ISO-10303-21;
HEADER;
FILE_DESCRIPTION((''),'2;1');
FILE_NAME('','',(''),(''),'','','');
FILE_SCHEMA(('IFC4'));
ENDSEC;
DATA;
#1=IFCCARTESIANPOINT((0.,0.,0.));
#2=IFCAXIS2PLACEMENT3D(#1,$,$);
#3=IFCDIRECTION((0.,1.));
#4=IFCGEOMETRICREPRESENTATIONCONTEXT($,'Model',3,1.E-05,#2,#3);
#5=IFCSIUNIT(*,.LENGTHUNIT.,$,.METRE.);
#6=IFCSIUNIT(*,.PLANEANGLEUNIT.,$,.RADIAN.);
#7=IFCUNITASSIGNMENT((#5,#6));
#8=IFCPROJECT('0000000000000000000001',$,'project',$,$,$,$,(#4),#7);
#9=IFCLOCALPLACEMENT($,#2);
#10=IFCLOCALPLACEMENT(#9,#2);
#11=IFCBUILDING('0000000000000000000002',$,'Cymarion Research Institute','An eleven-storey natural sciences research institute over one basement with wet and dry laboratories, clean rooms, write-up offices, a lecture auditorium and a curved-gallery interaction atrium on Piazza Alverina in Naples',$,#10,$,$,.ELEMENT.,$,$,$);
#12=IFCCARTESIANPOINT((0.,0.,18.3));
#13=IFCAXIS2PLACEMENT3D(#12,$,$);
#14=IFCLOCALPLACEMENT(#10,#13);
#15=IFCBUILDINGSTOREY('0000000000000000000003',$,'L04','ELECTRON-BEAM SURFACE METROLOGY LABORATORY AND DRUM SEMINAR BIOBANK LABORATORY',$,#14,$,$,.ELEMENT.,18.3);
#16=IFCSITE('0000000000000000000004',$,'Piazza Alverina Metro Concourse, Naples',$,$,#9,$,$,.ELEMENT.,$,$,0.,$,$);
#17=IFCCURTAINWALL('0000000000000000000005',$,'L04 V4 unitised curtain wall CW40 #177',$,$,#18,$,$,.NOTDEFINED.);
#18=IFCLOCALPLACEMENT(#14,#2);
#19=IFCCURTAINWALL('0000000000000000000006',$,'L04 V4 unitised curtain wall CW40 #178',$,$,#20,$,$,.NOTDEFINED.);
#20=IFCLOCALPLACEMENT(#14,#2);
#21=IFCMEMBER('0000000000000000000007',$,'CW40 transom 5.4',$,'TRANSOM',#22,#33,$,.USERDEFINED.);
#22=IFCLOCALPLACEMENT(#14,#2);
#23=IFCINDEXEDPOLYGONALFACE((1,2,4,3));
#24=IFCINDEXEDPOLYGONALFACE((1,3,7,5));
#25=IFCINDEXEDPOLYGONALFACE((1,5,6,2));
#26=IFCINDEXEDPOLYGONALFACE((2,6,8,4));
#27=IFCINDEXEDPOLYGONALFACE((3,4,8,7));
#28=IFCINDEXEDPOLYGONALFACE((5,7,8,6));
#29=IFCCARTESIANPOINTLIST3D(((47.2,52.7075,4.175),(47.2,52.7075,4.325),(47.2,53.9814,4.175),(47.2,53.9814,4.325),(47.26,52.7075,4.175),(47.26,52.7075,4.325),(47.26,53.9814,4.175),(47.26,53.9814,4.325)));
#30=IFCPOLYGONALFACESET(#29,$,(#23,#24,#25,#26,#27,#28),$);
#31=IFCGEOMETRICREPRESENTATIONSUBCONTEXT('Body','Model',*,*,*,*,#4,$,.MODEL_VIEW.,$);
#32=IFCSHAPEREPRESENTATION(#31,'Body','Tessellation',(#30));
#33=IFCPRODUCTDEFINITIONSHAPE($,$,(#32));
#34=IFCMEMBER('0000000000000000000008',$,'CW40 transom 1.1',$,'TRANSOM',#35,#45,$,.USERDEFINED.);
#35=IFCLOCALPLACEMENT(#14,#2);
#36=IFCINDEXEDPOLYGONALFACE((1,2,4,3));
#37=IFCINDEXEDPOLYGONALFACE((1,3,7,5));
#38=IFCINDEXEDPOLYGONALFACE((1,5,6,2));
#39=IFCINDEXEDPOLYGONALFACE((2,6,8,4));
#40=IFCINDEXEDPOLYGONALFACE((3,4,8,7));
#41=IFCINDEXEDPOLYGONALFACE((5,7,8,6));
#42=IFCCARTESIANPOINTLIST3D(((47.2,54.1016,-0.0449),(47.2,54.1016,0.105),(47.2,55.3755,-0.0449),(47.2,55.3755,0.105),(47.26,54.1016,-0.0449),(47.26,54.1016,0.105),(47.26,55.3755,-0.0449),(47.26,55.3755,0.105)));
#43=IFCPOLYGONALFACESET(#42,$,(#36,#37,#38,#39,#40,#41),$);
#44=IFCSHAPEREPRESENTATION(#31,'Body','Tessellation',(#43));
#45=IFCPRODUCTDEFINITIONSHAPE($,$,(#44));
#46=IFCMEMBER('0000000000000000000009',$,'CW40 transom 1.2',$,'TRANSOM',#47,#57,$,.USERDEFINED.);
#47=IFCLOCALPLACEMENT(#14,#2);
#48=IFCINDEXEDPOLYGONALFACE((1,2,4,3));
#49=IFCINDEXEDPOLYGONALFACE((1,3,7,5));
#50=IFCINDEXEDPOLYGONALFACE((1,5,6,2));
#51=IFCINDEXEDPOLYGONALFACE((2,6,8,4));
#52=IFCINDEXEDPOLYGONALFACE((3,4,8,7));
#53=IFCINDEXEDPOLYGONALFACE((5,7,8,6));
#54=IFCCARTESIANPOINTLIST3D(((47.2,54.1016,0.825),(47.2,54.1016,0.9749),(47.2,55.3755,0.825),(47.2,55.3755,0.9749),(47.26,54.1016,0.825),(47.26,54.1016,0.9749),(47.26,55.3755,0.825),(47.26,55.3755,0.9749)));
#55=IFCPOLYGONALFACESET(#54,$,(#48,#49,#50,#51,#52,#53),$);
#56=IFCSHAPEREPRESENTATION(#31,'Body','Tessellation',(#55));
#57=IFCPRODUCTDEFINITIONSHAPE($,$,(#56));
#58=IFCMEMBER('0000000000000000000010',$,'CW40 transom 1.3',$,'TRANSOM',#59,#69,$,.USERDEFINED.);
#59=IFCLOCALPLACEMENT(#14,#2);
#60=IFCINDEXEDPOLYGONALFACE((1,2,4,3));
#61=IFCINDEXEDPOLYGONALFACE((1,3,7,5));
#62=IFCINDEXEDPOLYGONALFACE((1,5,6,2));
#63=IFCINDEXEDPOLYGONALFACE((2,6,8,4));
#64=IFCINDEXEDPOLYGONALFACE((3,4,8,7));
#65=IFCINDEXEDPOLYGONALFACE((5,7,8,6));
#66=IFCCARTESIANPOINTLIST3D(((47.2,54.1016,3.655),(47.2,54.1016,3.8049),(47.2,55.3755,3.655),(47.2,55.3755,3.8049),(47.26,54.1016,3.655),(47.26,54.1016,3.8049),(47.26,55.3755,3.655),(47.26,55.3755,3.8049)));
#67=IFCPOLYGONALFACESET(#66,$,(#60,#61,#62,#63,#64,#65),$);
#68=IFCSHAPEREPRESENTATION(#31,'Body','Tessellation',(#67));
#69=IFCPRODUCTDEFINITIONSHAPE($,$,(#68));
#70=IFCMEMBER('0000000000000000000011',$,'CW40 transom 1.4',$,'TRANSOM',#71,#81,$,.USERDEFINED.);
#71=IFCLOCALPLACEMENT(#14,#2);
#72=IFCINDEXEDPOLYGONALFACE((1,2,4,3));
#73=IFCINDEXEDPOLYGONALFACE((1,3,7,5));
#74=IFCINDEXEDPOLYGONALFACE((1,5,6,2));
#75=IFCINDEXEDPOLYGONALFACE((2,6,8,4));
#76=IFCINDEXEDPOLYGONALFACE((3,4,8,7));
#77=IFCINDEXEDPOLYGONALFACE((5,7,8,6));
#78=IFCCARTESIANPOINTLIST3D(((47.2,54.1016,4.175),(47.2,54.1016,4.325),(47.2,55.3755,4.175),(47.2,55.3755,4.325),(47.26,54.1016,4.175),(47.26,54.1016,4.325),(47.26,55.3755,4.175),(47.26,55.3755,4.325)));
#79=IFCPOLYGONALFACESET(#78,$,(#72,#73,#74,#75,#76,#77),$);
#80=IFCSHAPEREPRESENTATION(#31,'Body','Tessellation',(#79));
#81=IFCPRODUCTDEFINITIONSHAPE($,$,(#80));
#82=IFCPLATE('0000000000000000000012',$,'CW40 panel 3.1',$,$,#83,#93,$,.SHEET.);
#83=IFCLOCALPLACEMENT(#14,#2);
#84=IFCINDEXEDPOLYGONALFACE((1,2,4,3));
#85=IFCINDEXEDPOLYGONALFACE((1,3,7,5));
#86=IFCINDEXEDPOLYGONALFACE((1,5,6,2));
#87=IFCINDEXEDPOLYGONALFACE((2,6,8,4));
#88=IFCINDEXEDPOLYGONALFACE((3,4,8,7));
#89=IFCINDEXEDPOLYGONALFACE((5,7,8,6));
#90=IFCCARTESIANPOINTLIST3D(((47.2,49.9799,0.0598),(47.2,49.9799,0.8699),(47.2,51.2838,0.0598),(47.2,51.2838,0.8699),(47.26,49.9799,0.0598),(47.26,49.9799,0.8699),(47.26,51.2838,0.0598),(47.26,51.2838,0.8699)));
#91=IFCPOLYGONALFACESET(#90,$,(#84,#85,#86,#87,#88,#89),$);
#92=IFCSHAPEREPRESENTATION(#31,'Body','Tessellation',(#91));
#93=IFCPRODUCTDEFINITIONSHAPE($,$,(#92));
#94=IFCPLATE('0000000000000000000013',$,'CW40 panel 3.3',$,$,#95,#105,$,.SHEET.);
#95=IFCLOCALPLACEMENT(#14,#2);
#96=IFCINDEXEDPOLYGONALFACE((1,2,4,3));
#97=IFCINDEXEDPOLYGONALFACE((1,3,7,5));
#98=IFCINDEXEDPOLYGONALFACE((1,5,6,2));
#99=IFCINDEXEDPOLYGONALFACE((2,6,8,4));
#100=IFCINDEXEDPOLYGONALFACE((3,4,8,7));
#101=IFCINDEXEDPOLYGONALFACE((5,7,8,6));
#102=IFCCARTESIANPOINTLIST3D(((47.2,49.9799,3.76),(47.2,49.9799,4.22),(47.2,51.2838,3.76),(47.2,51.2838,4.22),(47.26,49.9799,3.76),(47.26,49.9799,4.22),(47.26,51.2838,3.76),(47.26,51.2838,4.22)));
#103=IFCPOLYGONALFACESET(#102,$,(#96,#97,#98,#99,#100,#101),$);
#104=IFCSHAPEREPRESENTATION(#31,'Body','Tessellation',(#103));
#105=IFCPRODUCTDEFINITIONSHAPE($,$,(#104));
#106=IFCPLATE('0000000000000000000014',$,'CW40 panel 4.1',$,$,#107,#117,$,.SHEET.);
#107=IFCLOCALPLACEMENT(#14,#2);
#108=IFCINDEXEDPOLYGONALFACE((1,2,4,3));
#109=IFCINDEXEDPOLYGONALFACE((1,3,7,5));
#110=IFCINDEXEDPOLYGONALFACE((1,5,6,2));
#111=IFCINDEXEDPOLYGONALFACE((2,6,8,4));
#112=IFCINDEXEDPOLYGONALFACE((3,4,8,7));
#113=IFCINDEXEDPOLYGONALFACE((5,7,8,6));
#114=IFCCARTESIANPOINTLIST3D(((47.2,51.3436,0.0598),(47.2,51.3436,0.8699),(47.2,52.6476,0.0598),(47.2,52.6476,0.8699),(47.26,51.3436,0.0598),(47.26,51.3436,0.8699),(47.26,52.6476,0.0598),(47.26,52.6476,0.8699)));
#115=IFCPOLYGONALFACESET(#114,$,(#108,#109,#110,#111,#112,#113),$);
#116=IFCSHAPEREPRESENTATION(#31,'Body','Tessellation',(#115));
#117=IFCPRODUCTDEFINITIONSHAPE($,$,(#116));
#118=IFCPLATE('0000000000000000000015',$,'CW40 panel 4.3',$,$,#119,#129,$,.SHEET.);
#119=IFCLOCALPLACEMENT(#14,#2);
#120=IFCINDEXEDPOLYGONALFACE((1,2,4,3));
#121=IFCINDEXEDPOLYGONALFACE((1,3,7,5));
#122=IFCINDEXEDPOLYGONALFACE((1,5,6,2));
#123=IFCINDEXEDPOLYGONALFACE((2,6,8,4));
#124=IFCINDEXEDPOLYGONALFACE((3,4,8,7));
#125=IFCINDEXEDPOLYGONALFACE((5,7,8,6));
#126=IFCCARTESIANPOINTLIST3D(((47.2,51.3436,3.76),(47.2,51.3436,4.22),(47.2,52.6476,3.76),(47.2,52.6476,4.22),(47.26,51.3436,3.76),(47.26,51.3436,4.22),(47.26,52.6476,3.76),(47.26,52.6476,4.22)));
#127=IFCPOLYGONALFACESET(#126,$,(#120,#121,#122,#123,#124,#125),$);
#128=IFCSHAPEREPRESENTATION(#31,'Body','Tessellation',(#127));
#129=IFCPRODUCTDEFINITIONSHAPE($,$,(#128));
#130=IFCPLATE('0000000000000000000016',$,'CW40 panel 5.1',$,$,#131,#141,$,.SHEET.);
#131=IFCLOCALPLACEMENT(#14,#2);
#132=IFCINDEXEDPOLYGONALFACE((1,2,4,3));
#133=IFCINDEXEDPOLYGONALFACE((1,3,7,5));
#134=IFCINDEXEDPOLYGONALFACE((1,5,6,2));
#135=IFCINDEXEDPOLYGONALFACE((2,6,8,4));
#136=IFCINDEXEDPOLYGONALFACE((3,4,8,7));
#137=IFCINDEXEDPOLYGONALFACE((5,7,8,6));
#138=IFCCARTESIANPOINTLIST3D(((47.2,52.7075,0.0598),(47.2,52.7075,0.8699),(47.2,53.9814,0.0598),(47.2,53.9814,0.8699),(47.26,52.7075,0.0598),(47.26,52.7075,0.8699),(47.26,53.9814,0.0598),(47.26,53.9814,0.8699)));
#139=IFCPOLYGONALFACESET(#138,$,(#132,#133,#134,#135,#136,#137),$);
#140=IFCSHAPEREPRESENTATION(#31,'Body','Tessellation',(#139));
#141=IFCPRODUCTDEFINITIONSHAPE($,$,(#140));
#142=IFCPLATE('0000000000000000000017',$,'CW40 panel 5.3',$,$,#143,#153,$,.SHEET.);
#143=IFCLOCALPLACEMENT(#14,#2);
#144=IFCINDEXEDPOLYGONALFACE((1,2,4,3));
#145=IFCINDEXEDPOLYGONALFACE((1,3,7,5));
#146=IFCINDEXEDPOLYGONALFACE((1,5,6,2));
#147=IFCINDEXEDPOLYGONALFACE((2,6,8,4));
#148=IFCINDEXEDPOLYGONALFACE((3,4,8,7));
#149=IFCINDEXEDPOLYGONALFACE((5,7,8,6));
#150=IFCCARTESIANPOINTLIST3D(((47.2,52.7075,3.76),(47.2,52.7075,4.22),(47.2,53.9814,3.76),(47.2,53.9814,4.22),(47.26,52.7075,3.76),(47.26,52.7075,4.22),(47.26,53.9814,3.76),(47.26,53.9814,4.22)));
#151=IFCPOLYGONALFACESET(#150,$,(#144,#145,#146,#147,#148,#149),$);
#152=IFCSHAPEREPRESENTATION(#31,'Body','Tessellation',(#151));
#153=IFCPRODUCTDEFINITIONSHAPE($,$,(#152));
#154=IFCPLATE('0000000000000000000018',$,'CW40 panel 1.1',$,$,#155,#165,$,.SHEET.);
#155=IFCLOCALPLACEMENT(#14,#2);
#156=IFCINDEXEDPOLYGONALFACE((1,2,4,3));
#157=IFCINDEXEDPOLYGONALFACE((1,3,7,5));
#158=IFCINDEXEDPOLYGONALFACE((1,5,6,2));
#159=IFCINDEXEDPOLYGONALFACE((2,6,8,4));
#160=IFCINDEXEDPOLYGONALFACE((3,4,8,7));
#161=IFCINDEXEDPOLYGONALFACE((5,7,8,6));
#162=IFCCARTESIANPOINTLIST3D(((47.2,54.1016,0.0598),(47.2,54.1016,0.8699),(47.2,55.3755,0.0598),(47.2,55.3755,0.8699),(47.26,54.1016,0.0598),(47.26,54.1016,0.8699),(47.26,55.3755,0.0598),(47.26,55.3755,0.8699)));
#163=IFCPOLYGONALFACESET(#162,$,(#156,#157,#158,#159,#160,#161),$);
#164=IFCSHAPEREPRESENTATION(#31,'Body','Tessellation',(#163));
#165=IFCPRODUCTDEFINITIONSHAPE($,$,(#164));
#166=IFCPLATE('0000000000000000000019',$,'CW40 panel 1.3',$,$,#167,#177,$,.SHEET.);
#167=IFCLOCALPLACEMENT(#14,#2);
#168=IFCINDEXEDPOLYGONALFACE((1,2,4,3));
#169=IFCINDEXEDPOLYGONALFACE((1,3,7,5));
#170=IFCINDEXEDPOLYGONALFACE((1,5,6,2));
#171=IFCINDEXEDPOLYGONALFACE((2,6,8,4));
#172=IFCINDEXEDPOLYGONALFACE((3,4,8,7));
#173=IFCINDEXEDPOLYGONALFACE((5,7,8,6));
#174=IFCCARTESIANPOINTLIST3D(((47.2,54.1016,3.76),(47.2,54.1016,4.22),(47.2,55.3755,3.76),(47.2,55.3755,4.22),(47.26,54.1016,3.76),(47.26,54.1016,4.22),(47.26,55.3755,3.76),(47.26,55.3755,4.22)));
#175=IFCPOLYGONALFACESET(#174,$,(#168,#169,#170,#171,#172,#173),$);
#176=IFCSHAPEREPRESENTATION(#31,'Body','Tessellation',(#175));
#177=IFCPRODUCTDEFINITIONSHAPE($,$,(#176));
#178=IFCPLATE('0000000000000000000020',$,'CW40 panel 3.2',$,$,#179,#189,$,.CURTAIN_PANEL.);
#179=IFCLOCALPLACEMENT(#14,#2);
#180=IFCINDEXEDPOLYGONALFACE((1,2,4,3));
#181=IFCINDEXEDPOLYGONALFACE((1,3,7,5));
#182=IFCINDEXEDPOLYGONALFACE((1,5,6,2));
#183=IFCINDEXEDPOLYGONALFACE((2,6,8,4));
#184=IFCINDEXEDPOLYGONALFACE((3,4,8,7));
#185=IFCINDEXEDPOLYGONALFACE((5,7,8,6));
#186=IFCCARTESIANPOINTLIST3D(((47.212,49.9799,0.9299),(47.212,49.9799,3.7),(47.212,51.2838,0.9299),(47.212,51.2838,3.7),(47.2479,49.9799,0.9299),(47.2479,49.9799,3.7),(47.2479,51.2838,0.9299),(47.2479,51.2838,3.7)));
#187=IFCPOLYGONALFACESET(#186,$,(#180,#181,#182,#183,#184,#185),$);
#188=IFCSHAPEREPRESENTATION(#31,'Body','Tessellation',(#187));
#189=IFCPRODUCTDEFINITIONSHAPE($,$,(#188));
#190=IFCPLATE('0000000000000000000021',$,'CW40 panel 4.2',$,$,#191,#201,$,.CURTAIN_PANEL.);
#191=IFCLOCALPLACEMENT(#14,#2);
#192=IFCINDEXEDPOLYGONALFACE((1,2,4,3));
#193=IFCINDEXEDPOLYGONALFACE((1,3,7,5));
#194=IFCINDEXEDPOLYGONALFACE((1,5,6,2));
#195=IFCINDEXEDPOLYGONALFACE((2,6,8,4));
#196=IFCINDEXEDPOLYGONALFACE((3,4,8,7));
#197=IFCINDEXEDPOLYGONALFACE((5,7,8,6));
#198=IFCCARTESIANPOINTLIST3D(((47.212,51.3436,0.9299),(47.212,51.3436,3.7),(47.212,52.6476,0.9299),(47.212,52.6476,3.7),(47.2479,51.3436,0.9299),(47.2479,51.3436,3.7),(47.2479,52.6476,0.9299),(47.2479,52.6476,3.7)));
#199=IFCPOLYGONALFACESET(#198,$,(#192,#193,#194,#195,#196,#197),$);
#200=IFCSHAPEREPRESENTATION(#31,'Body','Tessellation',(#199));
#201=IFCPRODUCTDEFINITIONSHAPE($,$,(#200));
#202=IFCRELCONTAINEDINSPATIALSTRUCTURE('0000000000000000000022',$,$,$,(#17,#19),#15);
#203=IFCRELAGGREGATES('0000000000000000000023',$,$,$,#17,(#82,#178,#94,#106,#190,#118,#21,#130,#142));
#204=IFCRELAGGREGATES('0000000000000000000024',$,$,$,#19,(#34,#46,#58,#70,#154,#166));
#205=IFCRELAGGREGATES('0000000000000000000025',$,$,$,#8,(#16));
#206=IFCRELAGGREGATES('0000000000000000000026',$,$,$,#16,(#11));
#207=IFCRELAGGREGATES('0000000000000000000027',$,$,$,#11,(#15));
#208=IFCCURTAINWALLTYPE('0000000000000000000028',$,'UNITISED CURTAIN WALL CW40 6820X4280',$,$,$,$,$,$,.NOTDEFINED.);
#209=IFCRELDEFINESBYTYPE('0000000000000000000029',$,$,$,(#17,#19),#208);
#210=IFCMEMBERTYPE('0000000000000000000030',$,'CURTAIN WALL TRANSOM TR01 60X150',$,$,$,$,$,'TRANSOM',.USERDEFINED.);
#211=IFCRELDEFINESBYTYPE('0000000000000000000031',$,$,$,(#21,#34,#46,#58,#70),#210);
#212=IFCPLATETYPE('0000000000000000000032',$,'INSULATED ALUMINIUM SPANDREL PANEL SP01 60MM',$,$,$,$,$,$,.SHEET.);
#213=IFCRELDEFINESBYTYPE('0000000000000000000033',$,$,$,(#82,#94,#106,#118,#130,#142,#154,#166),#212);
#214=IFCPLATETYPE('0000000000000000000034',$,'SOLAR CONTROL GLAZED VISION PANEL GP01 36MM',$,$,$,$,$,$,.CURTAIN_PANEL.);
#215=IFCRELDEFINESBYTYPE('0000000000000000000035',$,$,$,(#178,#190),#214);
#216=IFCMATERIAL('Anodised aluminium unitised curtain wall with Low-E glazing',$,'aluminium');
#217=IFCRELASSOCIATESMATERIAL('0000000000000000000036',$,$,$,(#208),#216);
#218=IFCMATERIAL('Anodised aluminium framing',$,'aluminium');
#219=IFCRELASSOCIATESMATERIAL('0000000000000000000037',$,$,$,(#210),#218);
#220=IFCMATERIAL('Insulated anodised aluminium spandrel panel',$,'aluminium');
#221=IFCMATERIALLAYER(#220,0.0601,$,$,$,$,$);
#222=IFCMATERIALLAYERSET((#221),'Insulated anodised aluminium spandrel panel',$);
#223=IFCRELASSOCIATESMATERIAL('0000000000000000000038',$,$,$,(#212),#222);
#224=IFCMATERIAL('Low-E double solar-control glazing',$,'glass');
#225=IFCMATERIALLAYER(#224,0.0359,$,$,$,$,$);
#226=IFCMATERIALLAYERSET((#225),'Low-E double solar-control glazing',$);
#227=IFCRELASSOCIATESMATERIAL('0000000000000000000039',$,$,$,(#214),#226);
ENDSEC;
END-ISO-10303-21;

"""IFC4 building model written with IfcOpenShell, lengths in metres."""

from ifc_helpers import new_model, si_unit, direction, frame, origin, origin_2d, place, context, subcontext, project, spatial, rectangle, extrude, material, layer, layer_set, material_profile, profile_set, type_object, element, aggregate, save


model = new_model("IFC4")

# Units and contexts
model_context = context("Model", 3, precision=1e-05, world=origin(), true_north=direction((0.0, 1.0)))
body_context = subcontext(model_context, "Body", "Model", "MODEL_VIEW")
ifc_project = project(units=[si_unit("LENGTHUNIT", "METRE"), si_unit("PLANEANGLEUNIT", "RADIAN")], contexts=[model_context])

# Site, building, storey
site_placement = place(None, origin())
site = spatial("IfcSite", under=ifc_project, at=site_placement, Name="Piazza Alverina Metro Concourse, Naples", CompositionType="ELEMENT", RefElevation=0.0)
building_placement = place(site_placement, origin())
building = spatial("IfcBuilding", under=site, at=building_placement, Name="Cymarion Research Institute", Description="An eleven-storey natural sciences research institute over one basement with wet and dry laboratories, clean rooms, write-up offices, a lecture auditorium and a curved-gallery interaction atrium on Piazza Alverina in Naples", CompositionType="ELEMENT")
storey_placement = place(building_placement, frame((0.0, 0.0, 18.3)))
storey = spatial("IfcBuildingStorey", under=building, at=storey_placement, Name="L04", Description="ELECTRON-BEAM SURFACE METROLOGY LABORATORY AND DRUM SEMINAR BIOBANK LABORATORY", CompositionType="ELEMENT", Elevation=18.3)

# Curtain wall
ifc_material_1 = material(Name="Anodised aluminium unitised curtain wall with Low-E glazing", Category="aluminium")
curtain_wall_type = type_object("IfcCurtainWallType", Name="UNITISED CURTAIN WALL CW40 6820X4280", PredefinedType="NOTDEFINED", material=ifc_material_1)
curtain_wall_1_placement = place(storey_placement, origin())
curtain_wall_1 = element("IfcCurtainWall", 1, at=curtain_wall_1_placement, inside=storey, type_object=curtain_wall_type, Name="L04 V4 unitised curtain wall CW40 #177", PredefinedType="NOTDEFINED")
ifc_material_2 = material(Name="Anodised aluminium framing", Category="aluminium")

# Curtain wall
curtain_wall_2_placement = place(storey_placement, origin())
curtain_wall_2 = element("IfcCurtainWall", 2, at=curtain_wall_2_placement, inside=storey, type_object=curtain_wall_type, Name="L04 V4 unitised curtain wall CW40 #178", PredefinedType="NOTDEFINED")

# Members
ifc_material_profile_1 = material_profile(ifc_material_2, rectangle(XDim=0.0601, YDim=0.1499, at=origin_2d()), Name="ALU TRANSOM 60x150")
ifc_profile_set_1 = profile_set([ifc_material_profile_1], Name="Anodised aluminium framing")
member_type_1 = type_object("IfcMemberType", Name="CURTAIN WALL TRANSOM TR01 60X150", ElementType="TRANSOM", PredefinedType="USERDEFINED", material=ifc_profile_set_1)
member_1_placement = place(storey_placement, frame((47.23, 52.7075, 4.25), z_axis=(0.0, 1.0, 0.0), x_axis=(-1.0, 0.0, 0.0)))
member_1 = element("IfcMember", 3, at=member_1_placement, type_object=member_type_1, Name="CW40 transom 5.4", ObjectType="TRANSOM", PredefinedType="USERDEFINED", context=body_context, shape_type="SweptSolid", body=[
    extrude(rectangle(XDim=0.0601, YDim=0.1499, at=origin_2d()), origin(), (0.0, 0.0, 1.0), 1.2739),
])
member_2_placement = place(storey_placement, frame((47.23, 54.1016, 0.03), z_axis=(0.0, 1.0, 0.0), x_axis=(-1.0, 0.0, 0.0)))
member_2 = element("IfcMember", 4, at=member_2_placement, type_object=member_type_1, Name="CW40 transom 1.1", ObjectType="TRANSOM", PredefinedType="USERDEFINED", context=body_context, shape_type="SweptSolid", body=[
    extrude(rectangle(XDim=0.0601, YDim=0.1499, at=origin_2d()), origin(), (0.0, 0.0, 1.0), 1.2739),
])
member_3_placement = place(storey_placement, frame((47.23, 54.1016, 0.8999), z_axis=(0.0, 1.0, 0.0), x_axis=(-1.0, 0.0, 0.0)))
member_3 = element("IfcMember", 5, at=member_3_placement, type_object=member_type_1, Name="CW40 transom 1.2", ObjectType="TRANSOM", PredefinedType="USERDEFINED", context=body_context, shape_type="SweptSolid", body=[
    extrude(rectangle(XDim=0.0601, YDim=0.1499, at=origin_2d()), origin(), (0.0, 0.0, 1.0), 1.2739),
])
member_4_placement = place(storey_placement, frame((47.23, 54.1016, 3.73), z_axis=(0.0, 1.0, 0.0), x_axis=(-1.0, 0.0, 0.0)))
member_4 = element("IfcMember", 6, at=member_4_placement, type_object=member_type_1, Name="CW40 transom 1.3", ObjectType="TRANSOM", PredefinedType="USERDEFINED", context=body_context, shape_type="SweptSolid", body=[
    extrude(rectangle(XDim=0.0601, YDim=0.1499, at=origin_2d()), origin(), (0.0, 0.0, 1.0), 1.2739),
])
member_5_placement = place(storey_placement, frame((47.23, 54.1016, 4.25), z_axis=(0.0, 1.0, 0.0), x_axis=(-1.0, 0.0, 0.0)))
member_5 = element("IfcMember", 7, at=member_5_placement, type_object=member_type_1, Name="CW40 transom 1.4", ObjectType="TRANSOM", PredefinedType="USERDEFINED", context=body_context, shape_type="SweptSolid", body=[
    extrude(rectangle(XDim=0.0601, YDim=0.1499, at=origin_2d()), origin(), (0.0, 0.0, 1.0), 1.2739),
])

# Plates
ifc_material_3 = material(Name="Insulated anodised aluminium spandrel panel", Category="aluminium")
ifc_layer_1 = layer(ifc_material_3, 0.0601)
ifc_layer_set_1 = layer_set([ifc_layer_1], Name="Insulated anodised aluminium spandrel panel")
plate_type_1 = type_object("IfcPlateType", Name="INSULATED ALUMINIUM SPANDREL PANEL SP01 60MM", PredefinedType="SHEET", material=ifc_layer_set_1)
plate_1_placement = place(storey_placement, frame((47.23, 50.6318, 0.0598), z_axis=(0.0, 0.0, 1.0), x_axis=(0.0, 1.0, 0.0)))
plate_1 = element("IfcPlate", 8, at=plate_1_placement, type_object=plate_type_1, Name="CW40 panel 3.1", PredefinedType="SHEET", context=body_context, shape_type="SweptSolid", body=[
    extrude(rectangle(XDim=1.304, YDim=0.0601, at=origin_2d()), origin(), (0.0, 0.0, 1.0), 0.8101),
])
plate_2_placement = place(storey_placement, frame((47.23, 50.6318, 3.76), z_axis=(0.0, 0.0, 1.0), x_axis=(0.0, 1.0, 0.0)))
plate_2 = element("IfcPlate", 9, at=plate_2_placement, type_object=plate_type_1, Name="CW40 panel 3.3", PredefinedType="SHEET", context=body_context, shape_type="SweptSolid", body=[
    extrude(rectangle(XDim=1.304, YDim=0.0601, at=origin_2d()), origin(), (0.0, 0.0, 1.0), 0.46),
])
plate_3_placement = place(storey_placement, frame((47.23, 51.9956, 0.0598), z_axis=(0.0, 0.0, 1.0), x_axis=(0.0, 1.0, 0.0)))
plate_3 = element("IfcPlate", 10, at=plate_3_placement, type_object=plate_type_1, Name="CW40 panel 4.1", PredefinedType="SHEET", context=body_context, shape_type="SweptSolid", body=[
    extrude(rectangle(XDim=1.304, YDim=0.0601, at=origin_2d()), origin(), (0.0, 0.0, 1.0), 0.8101),
])
plate_4_placement = place(storey_placement, frame((47.23, 51.9956, 3.76), z_axis=(0.0, 0.0, 1.0), x_axis=(0.0, 1.0, 0.0)))
plate_4 = element("IfcPlate", 11, at=plate_4_placement, type_object=plate_type_1, Name="CW40 panel 4.3", PredefinedType="SHEET", context=body_context, shape_type="SweptSolid", body=[
    extrude(rectangle(XDim=1.304, YDim=0.0601, at=origin_2d()), origin(), (0.0, 0.0, 1.0), 0.46),
])
plate_5_placement = place(storey_placement, frame((47.23, 53.3445, 0.0598), z_axis=(0.0, 0.0, 1.0), x_axis=(0.0, 1.0, 0.0)))
plate_5 = element("IfcPlate", 12, at=plate_5_placement, type_object=plate_type_1, Name="CW40 panel 5.1", PredefinedType="SHEET", context=body_context, shape_type="SweptSolid", body=[
    extrude(rectangle(XDim=1.2739, YDim=0.0601, at=origin_2d()), origin(), (0.0, 0.0, 1.0), 0.8101),
])
plate_6_placement = place(storey_placement, frame((47.23, 53.3445, 3.76), z_axis=(0.0, 0.0, 1.0), x_axis=(0.0, 1.0, 0.0)))
plate_6 = element("IfcPlate", 13, at=plate_6_placement, type_object=plate_type_1, Name="CW40 panel 5.3", PredefinedType="SHEET", context=body_context, shape_type="SweptSolid", body=[
    extrude(rectangle(XDim=1.2739, YDim=0.0601, at=origin_2d()), origin(), (0.0, 0.0, 1.0), 0.46),
])
plate_7_placement = place(storey_placement, frame((47.23, 54.7385, 0.0598), z_axis=(0.0, 0.0, 1.0), x_axis=(0.0, 1.0, 0.0)))
plate_7 = element("IfcPlate", 14, at=plate_7_placement, type_object=plate_type_1, Name="CW40 panel 1.1", PredefinedType="SHEET", context=body_context, shape_type="SweptSolid", body=[
    extrude(rectangle(XDim=1.2739, YDim=0.0601, at=origin_2d()), origin(), (0.0, 0.0, 1.0), 0.8101),
])
plate_8_placement = place(storey_placement, frame((47.23, 54.7385, 3.76), z_axis=(0.0, 0.0, 1.0), x_axis=(0.0, 1.0, 0.0)))
plate_8 = element("IfcPlate", 15, at=plate_8_placement, type_object=plate_type_1, Name="CW40 panel 1.3", PredefinedType="SHEET", context=body_context, shape_type="SweptSolid", body=[
    extrude(rectangle(XDim=1.2739, YDim=0.0601, at=origin_2d()), origin(), (0.0, 0.0, 1.0), 0.46),
])
ifc_material_4 = material(Name="Low-E double solar-control glazing", Category="glass")
ifc_layer_2 = layer(ifc_material_4, 0.0359)
ifc_layer_set_2 = layer_set([ifc_layer_2], Name="Low-E double solar-control glazing")
plate_type_2 = type_object("IfcPlateType", Name="SOLAR CONTROL GLAZED VISION PANEL GP01 36MM", PredefinedType="CURTAIN_PANEL", material=ifc_layer_set_2)
plate_9_placement = place(storey_placement, frame((47.23, 50.6318, 0.9299), z_axis=(0.0, 0.0, 1.0), x_axis=(0.0, 1.0, 0.0)))
plate_9 = element("IfcPlate", 16, at=plate_9_placement, type_object=plate_type_2, Name="CW40 panel 3.2", PredefinedType="CURTAIN_PANEL", context=body_context, shape_type="SweptSolid", body=[
    extrude(rectangle(XDim=1.304, YDim=0.0359, at=origin_2d()), origin(), (0.0, 0.0, 1.0), 2.77),
])
plate_10_placement = place(storey_placement, frame((47.23, 51.9956, 0.9299), z_axis=(0.0, 0.0, 1.0), x_axis=(0.0, 1.0, 0.0)))
plate_10 = element("IfcPlate", 17, at=plate_10_placement, type_object=plate_type_2, Name="CW40 panel 4.2", PredefinedType="CURTAIN_PANEL", context=body_context, shape_type="SweptSolid", body=[
    extrude(rectangle(XDim=1.304, YDim=0.0359, at=origin_2d()), origin(), (0.0, 0.0, 1.0), 2.77),
])
aggregate(curtain_wall_1, [plate_1, plate_9, plate_2, plate_3, plate_10, plate_4, member_1, plate_5, plate_6])
aggregate(curtain_wall_2, [member_2, member_3, member_4, member_5, plate_7, plate_8])

save(model, "model.ifc")
